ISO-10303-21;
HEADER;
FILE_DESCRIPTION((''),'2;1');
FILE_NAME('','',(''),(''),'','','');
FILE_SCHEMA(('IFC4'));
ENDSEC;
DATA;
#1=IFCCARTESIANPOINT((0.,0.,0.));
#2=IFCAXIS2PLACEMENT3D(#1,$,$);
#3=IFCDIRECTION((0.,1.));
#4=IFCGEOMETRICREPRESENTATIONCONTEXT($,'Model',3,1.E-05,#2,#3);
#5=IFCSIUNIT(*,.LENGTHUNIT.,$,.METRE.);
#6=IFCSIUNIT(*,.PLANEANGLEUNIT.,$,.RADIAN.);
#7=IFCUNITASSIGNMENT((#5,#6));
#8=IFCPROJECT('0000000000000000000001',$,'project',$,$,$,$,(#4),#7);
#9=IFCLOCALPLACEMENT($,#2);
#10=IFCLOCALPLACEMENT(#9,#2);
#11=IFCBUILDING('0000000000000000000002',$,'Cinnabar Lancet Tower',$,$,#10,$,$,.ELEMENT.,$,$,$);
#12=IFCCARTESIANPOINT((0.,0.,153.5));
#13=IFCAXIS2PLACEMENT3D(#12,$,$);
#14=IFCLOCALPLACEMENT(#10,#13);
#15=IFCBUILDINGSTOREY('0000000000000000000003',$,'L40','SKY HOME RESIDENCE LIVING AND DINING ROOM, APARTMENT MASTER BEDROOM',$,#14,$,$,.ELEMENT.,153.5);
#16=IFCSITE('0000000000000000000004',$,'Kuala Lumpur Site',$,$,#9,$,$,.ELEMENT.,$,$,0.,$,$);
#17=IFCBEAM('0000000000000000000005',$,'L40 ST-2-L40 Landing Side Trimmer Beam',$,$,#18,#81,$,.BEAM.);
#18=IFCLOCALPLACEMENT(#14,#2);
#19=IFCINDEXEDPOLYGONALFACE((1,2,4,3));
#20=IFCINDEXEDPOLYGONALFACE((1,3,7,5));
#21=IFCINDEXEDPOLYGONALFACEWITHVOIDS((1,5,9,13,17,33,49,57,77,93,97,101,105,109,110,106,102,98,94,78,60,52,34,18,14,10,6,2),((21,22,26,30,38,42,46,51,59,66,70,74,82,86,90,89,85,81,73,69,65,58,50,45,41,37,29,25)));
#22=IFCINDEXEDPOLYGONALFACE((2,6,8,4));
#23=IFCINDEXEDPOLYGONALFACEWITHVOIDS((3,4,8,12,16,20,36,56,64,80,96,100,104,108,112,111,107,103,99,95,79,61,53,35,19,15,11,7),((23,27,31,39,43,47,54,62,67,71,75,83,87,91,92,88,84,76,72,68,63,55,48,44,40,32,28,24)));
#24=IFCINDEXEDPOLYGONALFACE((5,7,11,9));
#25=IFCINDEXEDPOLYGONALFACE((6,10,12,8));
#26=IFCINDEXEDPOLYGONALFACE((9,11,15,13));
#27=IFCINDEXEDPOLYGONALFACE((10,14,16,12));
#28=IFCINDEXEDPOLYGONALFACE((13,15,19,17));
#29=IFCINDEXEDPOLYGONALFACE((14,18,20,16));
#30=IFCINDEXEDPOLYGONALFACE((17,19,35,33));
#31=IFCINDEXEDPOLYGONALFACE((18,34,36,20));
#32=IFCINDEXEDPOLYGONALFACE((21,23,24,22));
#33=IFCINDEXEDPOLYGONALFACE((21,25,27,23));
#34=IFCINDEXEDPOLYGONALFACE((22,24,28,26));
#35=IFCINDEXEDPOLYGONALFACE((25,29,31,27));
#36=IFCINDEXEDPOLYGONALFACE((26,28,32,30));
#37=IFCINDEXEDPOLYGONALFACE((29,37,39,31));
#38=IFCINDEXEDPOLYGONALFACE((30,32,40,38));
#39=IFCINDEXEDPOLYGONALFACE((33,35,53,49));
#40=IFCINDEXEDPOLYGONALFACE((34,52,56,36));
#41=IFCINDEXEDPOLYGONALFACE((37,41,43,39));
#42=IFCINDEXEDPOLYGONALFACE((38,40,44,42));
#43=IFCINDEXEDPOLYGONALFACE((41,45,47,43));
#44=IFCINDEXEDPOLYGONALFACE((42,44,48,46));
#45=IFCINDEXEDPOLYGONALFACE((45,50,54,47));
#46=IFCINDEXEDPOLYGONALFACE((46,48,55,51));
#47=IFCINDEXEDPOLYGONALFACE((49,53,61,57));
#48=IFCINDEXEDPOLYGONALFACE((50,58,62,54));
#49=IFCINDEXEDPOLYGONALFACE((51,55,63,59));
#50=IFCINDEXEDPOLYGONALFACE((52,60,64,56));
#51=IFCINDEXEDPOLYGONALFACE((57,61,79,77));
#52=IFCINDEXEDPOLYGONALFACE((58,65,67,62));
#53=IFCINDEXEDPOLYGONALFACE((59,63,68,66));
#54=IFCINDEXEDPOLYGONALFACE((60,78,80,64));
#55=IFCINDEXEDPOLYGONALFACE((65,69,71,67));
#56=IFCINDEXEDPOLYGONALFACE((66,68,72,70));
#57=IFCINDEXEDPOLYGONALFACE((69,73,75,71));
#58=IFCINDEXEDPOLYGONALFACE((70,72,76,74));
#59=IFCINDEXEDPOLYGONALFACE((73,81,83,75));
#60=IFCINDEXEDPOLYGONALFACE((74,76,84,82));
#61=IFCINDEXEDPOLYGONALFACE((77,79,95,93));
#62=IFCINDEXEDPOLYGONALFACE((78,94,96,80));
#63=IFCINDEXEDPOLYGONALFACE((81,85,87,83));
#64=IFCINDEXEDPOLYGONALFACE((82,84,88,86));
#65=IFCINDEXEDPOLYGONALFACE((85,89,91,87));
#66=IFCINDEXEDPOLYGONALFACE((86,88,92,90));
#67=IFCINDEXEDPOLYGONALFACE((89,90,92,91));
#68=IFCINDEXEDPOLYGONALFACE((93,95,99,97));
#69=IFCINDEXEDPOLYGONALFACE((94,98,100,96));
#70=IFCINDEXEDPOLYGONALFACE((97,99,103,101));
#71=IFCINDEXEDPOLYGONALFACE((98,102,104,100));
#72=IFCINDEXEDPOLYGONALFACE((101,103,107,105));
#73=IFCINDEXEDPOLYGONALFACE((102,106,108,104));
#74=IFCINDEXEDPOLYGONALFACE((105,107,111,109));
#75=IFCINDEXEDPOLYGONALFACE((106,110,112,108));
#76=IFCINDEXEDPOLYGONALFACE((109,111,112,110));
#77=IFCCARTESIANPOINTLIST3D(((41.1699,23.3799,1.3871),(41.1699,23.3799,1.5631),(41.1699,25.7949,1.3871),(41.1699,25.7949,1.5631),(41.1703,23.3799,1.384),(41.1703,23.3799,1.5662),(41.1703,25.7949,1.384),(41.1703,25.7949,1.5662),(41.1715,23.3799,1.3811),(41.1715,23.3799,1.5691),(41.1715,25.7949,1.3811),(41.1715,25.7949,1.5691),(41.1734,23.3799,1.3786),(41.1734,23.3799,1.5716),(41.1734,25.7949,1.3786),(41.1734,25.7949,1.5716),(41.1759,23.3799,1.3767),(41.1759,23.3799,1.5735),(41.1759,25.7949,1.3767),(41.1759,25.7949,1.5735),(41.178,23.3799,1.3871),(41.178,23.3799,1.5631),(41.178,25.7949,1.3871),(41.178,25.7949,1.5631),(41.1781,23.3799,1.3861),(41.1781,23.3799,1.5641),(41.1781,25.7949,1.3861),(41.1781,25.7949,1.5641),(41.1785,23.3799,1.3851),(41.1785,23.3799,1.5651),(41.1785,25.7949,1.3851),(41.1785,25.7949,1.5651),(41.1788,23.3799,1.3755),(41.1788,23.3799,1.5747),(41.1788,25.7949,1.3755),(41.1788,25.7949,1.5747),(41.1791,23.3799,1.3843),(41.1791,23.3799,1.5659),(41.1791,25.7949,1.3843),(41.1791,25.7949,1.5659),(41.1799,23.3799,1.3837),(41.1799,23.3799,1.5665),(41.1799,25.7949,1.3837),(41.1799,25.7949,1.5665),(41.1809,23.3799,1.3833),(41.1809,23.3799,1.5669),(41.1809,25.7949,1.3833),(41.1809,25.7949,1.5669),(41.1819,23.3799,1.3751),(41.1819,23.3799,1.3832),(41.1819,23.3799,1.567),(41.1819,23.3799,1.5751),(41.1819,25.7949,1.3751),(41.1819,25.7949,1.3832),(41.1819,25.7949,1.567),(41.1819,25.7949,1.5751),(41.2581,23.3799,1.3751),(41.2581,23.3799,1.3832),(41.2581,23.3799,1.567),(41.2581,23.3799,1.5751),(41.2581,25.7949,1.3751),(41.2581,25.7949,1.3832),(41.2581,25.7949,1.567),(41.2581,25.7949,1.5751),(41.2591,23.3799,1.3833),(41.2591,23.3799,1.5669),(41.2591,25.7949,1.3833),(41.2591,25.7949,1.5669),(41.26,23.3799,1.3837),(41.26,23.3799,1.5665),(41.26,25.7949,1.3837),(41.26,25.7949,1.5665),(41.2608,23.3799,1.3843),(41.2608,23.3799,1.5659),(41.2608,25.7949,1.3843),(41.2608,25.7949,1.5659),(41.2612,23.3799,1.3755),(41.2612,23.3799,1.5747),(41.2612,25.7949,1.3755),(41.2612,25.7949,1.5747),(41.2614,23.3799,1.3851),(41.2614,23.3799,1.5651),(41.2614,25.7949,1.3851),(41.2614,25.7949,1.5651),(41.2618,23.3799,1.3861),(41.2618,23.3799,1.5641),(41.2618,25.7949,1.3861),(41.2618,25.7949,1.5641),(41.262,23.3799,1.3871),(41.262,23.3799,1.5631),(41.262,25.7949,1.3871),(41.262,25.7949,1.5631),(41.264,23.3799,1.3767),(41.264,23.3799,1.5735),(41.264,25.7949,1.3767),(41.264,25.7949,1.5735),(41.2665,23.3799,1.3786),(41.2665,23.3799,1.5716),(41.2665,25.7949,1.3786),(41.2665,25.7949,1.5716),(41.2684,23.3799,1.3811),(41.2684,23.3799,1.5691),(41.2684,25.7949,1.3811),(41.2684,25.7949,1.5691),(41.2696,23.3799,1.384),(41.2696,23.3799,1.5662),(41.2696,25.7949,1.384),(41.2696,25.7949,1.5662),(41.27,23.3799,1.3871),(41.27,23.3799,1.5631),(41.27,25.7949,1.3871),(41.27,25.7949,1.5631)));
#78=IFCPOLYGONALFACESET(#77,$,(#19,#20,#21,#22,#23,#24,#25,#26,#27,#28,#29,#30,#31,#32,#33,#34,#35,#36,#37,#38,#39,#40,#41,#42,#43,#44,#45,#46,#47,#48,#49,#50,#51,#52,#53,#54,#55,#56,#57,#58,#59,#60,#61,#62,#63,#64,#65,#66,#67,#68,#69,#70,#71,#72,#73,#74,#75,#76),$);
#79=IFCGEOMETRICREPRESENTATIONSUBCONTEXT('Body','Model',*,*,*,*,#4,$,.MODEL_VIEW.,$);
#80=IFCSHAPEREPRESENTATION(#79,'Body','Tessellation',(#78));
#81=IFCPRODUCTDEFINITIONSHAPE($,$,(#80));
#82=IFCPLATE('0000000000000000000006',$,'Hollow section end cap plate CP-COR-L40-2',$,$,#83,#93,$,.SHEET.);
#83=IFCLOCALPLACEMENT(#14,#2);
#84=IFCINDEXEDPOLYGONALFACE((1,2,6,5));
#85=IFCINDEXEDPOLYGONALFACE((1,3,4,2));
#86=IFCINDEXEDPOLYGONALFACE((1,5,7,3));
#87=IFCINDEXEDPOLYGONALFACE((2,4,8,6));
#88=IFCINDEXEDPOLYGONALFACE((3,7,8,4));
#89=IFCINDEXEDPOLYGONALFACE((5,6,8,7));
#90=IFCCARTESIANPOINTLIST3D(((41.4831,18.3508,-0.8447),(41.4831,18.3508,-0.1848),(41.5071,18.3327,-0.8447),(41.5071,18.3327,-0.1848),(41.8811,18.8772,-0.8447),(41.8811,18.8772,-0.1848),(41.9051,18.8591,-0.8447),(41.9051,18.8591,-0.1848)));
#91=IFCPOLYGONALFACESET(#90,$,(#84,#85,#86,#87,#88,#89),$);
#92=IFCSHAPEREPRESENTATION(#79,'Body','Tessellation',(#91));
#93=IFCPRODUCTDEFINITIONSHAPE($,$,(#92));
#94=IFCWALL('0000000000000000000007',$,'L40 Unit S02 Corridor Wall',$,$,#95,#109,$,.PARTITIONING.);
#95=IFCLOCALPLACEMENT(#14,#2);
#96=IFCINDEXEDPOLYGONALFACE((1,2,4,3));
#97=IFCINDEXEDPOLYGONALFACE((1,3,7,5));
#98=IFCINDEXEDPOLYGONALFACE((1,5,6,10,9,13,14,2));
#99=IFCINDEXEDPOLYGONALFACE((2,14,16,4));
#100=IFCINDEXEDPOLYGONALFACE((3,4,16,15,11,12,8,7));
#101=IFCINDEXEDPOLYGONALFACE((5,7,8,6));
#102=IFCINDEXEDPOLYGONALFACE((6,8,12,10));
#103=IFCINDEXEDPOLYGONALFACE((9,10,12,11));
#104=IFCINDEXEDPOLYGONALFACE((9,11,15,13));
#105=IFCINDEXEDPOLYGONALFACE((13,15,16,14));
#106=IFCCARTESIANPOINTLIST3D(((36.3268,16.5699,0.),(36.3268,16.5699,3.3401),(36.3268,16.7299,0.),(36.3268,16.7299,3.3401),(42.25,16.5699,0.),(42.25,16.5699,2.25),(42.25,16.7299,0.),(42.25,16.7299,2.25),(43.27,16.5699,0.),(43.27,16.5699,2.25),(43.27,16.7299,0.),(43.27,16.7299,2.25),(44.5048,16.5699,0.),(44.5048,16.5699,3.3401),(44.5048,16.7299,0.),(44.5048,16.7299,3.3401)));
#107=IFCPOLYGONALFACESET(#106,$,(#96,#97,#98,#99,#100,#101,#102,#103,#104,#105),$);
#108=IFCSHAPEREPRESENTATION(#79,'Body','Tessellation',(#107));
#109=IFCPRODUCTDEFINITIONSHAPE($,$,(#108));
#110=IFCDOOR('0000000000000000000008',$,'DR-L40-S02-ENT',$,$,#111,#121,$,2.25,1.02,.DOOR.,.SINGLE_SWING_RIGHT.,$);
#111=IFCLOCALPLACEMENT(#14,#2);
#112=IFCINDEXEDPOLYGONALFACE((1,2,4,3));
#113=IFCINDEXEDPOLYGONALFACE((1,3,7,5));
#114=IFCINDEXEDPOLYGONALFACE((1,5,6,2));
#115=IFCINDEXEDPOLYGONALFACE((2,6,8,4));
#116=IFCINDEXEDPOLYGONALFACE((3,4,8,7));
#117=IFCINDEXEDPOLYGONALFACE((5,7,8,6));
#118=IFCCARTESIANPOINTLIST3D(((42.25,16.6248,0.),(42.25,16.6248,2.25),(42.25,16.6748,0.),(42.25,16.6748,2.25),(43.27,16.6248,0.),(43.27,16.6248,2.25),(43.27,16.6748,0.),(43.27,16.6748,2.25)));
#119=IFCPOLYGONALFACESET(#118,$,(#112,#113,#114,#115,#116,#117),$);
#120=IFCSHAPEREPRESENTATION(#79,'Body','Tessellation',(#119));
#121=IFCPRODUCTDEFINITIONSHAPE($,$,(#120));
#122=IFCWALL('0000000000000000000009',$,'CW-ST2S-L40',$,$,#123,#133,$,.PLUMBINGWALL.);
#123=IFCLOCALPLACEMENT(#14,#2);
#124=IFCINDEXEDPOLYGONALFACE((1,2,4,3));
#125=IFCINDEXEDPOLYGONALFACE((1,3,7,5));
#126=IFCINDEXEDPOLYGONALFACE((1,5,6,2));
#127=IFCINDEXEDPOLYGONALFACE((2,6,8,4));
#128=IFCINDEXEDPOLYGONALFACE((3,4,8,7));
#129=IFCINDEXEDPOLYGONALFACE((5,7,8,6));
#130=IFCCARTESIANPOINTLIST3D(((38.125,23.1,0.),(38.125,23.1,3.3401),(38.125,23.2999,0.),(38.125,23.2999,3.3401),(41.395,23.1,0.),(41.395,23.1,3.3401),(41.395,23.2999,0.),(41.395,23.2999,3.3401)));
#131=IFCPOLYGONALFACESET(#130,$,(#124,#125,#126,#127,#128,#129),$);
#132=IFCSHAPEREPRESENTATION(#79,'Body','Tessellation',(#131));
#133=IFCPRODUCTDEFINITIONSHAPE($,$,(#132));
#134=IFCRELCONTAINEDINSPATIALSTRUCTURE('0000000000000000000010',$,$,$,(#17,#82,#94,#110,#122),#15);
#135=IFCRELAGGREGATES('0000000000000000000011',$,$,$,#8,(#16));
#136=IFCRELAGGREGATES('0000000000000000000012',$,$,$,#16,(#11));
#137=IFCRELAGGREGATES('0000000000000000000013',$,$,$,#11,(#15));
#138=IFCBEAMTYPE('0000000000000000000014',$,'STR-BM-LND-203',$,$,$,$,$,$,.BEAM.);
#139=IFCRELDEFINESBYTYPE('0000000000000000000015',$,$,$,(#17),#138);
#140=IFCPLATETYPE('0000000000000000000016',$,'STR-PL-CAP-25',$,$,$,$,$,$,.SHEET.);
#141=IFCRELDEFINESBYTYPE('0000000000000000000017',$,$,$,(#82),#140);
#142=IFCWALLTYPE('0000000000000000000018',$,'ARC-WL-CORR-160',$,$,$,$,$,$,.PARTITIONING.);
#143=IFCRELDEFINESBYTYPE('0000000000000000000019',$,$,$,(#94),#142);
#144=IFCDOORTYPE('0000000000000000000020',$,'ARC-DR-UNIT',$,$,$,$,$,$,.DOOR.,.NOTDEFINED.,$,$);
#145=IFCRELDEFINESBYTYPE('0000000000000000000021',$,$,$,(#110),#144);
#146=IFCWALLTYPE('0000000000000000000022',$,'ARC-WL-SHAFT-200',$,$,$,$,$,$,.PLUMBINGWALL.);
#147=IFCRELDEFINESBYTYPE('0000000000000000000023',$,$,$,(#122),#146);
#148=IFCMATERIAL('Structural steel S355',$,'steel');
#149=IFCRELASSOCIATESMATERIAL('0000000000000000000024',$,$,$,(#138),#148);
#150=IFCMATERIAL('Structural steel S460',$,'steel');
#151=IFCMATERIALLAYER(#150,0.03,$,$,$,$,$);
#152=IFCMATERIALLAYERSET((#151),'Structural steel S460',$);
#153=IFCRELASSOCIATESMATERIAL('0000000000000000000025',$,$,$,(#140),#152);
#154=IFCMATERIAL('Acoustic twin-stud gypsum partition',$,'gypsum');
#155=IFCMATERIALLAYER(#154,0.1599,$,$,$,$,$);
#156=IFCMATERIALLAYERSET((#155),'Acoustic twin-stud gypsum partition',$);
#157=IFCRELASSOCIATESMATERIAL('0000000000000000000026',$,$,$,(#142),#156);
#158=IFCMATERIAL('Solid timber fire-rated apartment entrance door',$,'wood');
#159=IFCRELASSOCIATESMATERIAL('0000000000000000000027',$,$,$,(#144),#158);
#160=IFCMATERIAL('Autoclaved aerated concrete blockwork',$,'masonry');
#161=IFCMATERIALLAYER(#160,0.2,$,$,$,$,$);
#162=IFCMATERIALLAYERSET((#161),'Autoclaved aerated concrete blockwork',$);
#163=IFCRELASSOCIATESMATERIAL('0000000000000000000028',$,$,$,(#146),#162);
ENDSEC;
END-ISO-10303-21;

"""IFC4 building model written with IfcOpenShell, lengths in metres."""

from ifc_helpers import new_model, si_unit, direction, frame, frame_2d, origin, origin_2d, place, context, subcontext, project, spatial, rectangle, hollow_rectangle, extrude, material, layer, layer_set, material_profile, profile_set, type_object, element, fill, save


model = new_model("IFC4")

# Units and contexts
model_context = context("Model", 3, precision=1e-05, world=origin(), true_north=direction((0.0, 1.0)))
body_context = subcontext(model_context, "Body", "Model", "MODEL_VIEW")
ifc_project = project(units=[si_unit("LENGTHUNIT", "METRE"), si_unit("PLANEANGLEUNIT", "RADIAN")], contexts=[model_context])

# Site, building, storey
site_placement = place(None, origin())
site = spatial("IfcSite", under=ifc_project, at=site_placement, Name="Kuala Lumpur Site", CompositionType="ELEMENT", RefElevation=0.0)
building_placement = place(site_placement, origin())
building = spatial("IfcBuilding", under=site, at=building_placement, Name="Cinnabar Lancet Tower", CompositionType="ELEMENT")
storey_placement = place(building_placement, frame((0.0, 0.0, 153.5)))
storey = spatial("IfcBuildingStorey", under=building, at=storey_placement, Name="L40", Description="SKY HOME RESIDENCE LIVING AND DINING ROOM, APARTMENT MASTER BEDROOM", CompositionType="ELEMENT", Elevation=153.5)

# Beam
ifc_material_1 = material(Name="Structural steel S355", Category="steel")
ifc_material_profile_1 = material_profile(ifc_material_1, hollow_rectangle(XDim=0.1001, YDim=0.2, WallThickness=0.0081, InnerFilletRadius=0.0039, OuterFilletRadius=0.012, at=origin_2d()), Name="RHS 200x100x8")
ifc_profile_set_1 = profile_set([ifc_material_profile_1], Name="Structural steel S355")
beam_type = type_object("IfcBeamType", Name="STR-BM-LND-203", PredefinedType="BEAM", material=ifc_profile_set_1)
beam_placement = place(storey_placement, frame((41.22, 23.3799, 1.4751), z_axis=(0.0, 1.0, 0.0), x_axis=(-1.0, 0.0, 0.0)))
element("IfcBeam", 1, at=beam_placement, inside=storey, type_object=beam_type, Name="L40 ST-2-L40 Landing Side Trimmer Beam", PredefinedType="BEAM", context=body_context, shape_type="SweptSolid", body=[
    extrude(hollow_rectangle(XDim=0.1001, YDim=0.2, WallThickness=0.0081, InnerFilletRadius=0.0039, OuterFilletRadius=0.012, at=origin_2d()), origin(), (0.0, 0.0, 1.0), 2.415),
])

# Plate
ifc_material_2 = material(Name="Structural steel S460", Category="steel")
ifc_layer_1 = layer(ifc_material_2, 0.03)
ifc_layer_set_1 = layer_set([ifc_layer_1], Name="Structural steel S460")
plate_type = type_object("IfcPlateType", Name="STR-PL-CAP-25", PredefinedType="SHEET", material=ifc_layer_set_1)
plate_placement = place(storey_placement, frame((41.6941, 18.605, -0.8447), z_axis=(0.0, 0.0, 1.0), x_axis=(-0.797679, 0.603083, 0.0)))
element("IfcPlate", 2, at=plate_placement, inside=storey, type_object=plate_type, Name="Hollow section end cap plate CP-COR-L40-2", PredefinedType="SHEET", context=body_context, shape_type="SweptSolid", body=[
    extrude(rectangle(XDim=0.03, YDim=0.6599, at=origin_2d()), origin(), (0.0, 0.0, 1.0), 0.6599),
])

# Wall, opening, door
ifc_material_3 = material(Name="Acoustic twin-stud gypsum partition", Category="gypsum")
ifc_layer_2 = layer(ifc_material_3, 0.1599)
ifc_layer_set_2 = layer_set([ifc_layer_2], Name="Acoustic twin-stud gypsum partition")
wall_type_1 = type_object("IfcWallType", Name="ARC-WL-CORR-160", PredefinedType="PARTITIONING", material=ifc_layer_set_2)
wall_1_placement = place(storey_placement, frame((36.3269, 16.6499, 0.0), z_axis=(0.0, 0.0, 1.0), x_axis=(1.0, 0.0, 0.0)))
wall_1 = element("IfcWall", 3, at=wall_1_placement, inside=storey, type_object=wall_type_1, Name="L40 Unit S02 Corridor Wall", PredefinedType="PARTITIONING", context=body_context, shape_type="SweptSolid", body=[
    extrude(rectangle(XDim=8.178, YDim=0.1599, at=frame_2d((4.0889, 0.0))), origin(), (0.0, 0.0, 1.0), 3.3401),
])
opening_1_placement = place(wall_1_placement, frame((5.9231, 0.0, 0.0)))
opening_1 = element("IfcOpeningElement", 4, at=opening_1_placement, cuts=wall_1, PredefinedType="OPENING", context=body_context, shape_type="SweptSolid", body=[
    extrude(rectangle(XDim=1.02, YDim=2.25, at=frame_2d((0.51, 1.125))), frame((0.0, 0.0898, 0.0), z_axis=(0.0, -1.0, 0.0), x_axis=(1.0, 0.0, 0.0)), (0.0, 0.0, 1.0), 0.1799),
])
ifc_material_4 = material(Name="Solid timber fire-rated apartment entrance door", Category="wood")
door_type_1 = type_object("IfcDoorType", Name="ARC-DR-UNIT", OperationType="NOTDEFINED", PredefinedType="DOOR", material=ifc_material_4)
door_1_placement = place(opening_1_placement, origin())
door_1 = element("IfcDoor", 5, at=door_1_placement, inside=storey, type_object=door_type_1, Name="DR-L40-S02-ENT", OperationType="SINGLE_SWING_RIGHT", OverallHeight=2.25, OverallWidth=1.02, PredefinedType="DOOR", context=body_context, shape_type="SweptSolid", body=[
    extrude(rectangle(XDim=1.02, YDim=2.25, at=frame_2d((0.51, 1.125))), frame((0.0, 0.0249, 0.0), z_axis=(0.0, -1.0, 0.0), x_axis=(1.0, 0.0, 0.0)), (0.0, 0.0, 1.0), 0.05),
])
fill(opening_1, door_1)

# Wall
ifc_material_5 = material(Name="Autoclaved aerated concrete blockwork", Category="masonry")
ifc_layer_3 = layer(ifc_material_5, 0.2)
ifc_layer_set_3 = layer_set([ifc_layer_3], Name="Autoclaved aerated concrete blockwork")
wall_type_2 = type_object("IfcWallType", Name="ARC-WL-SHAFT-200", PredefinedType="PLUMBINGWALL", material=ifc_layer_set_3)
wall_2_placement = place(storey_placement, frame((38.125, 23.2, 0.0), z_axis=(0.0, 0.0, 1.0), x_axis=(1.0, 0.0, 0.0)))
element("IfcWall", 6, at=wall_2_placement, inside=storey, type_object=wall_type_2, Name="CW-ST2S-L40", PredefinedType="PLUMBINGWALL", context=body_context, shape_type="SweptSolid", body=[
    extrude(rectangle(XDim=3.27, YDim=0.2, at=frame_2d((1.635, 0.0))), origin(), (0.0, 0.0, 1.0), 3.3401),
])

save(model, "model.ifc")
